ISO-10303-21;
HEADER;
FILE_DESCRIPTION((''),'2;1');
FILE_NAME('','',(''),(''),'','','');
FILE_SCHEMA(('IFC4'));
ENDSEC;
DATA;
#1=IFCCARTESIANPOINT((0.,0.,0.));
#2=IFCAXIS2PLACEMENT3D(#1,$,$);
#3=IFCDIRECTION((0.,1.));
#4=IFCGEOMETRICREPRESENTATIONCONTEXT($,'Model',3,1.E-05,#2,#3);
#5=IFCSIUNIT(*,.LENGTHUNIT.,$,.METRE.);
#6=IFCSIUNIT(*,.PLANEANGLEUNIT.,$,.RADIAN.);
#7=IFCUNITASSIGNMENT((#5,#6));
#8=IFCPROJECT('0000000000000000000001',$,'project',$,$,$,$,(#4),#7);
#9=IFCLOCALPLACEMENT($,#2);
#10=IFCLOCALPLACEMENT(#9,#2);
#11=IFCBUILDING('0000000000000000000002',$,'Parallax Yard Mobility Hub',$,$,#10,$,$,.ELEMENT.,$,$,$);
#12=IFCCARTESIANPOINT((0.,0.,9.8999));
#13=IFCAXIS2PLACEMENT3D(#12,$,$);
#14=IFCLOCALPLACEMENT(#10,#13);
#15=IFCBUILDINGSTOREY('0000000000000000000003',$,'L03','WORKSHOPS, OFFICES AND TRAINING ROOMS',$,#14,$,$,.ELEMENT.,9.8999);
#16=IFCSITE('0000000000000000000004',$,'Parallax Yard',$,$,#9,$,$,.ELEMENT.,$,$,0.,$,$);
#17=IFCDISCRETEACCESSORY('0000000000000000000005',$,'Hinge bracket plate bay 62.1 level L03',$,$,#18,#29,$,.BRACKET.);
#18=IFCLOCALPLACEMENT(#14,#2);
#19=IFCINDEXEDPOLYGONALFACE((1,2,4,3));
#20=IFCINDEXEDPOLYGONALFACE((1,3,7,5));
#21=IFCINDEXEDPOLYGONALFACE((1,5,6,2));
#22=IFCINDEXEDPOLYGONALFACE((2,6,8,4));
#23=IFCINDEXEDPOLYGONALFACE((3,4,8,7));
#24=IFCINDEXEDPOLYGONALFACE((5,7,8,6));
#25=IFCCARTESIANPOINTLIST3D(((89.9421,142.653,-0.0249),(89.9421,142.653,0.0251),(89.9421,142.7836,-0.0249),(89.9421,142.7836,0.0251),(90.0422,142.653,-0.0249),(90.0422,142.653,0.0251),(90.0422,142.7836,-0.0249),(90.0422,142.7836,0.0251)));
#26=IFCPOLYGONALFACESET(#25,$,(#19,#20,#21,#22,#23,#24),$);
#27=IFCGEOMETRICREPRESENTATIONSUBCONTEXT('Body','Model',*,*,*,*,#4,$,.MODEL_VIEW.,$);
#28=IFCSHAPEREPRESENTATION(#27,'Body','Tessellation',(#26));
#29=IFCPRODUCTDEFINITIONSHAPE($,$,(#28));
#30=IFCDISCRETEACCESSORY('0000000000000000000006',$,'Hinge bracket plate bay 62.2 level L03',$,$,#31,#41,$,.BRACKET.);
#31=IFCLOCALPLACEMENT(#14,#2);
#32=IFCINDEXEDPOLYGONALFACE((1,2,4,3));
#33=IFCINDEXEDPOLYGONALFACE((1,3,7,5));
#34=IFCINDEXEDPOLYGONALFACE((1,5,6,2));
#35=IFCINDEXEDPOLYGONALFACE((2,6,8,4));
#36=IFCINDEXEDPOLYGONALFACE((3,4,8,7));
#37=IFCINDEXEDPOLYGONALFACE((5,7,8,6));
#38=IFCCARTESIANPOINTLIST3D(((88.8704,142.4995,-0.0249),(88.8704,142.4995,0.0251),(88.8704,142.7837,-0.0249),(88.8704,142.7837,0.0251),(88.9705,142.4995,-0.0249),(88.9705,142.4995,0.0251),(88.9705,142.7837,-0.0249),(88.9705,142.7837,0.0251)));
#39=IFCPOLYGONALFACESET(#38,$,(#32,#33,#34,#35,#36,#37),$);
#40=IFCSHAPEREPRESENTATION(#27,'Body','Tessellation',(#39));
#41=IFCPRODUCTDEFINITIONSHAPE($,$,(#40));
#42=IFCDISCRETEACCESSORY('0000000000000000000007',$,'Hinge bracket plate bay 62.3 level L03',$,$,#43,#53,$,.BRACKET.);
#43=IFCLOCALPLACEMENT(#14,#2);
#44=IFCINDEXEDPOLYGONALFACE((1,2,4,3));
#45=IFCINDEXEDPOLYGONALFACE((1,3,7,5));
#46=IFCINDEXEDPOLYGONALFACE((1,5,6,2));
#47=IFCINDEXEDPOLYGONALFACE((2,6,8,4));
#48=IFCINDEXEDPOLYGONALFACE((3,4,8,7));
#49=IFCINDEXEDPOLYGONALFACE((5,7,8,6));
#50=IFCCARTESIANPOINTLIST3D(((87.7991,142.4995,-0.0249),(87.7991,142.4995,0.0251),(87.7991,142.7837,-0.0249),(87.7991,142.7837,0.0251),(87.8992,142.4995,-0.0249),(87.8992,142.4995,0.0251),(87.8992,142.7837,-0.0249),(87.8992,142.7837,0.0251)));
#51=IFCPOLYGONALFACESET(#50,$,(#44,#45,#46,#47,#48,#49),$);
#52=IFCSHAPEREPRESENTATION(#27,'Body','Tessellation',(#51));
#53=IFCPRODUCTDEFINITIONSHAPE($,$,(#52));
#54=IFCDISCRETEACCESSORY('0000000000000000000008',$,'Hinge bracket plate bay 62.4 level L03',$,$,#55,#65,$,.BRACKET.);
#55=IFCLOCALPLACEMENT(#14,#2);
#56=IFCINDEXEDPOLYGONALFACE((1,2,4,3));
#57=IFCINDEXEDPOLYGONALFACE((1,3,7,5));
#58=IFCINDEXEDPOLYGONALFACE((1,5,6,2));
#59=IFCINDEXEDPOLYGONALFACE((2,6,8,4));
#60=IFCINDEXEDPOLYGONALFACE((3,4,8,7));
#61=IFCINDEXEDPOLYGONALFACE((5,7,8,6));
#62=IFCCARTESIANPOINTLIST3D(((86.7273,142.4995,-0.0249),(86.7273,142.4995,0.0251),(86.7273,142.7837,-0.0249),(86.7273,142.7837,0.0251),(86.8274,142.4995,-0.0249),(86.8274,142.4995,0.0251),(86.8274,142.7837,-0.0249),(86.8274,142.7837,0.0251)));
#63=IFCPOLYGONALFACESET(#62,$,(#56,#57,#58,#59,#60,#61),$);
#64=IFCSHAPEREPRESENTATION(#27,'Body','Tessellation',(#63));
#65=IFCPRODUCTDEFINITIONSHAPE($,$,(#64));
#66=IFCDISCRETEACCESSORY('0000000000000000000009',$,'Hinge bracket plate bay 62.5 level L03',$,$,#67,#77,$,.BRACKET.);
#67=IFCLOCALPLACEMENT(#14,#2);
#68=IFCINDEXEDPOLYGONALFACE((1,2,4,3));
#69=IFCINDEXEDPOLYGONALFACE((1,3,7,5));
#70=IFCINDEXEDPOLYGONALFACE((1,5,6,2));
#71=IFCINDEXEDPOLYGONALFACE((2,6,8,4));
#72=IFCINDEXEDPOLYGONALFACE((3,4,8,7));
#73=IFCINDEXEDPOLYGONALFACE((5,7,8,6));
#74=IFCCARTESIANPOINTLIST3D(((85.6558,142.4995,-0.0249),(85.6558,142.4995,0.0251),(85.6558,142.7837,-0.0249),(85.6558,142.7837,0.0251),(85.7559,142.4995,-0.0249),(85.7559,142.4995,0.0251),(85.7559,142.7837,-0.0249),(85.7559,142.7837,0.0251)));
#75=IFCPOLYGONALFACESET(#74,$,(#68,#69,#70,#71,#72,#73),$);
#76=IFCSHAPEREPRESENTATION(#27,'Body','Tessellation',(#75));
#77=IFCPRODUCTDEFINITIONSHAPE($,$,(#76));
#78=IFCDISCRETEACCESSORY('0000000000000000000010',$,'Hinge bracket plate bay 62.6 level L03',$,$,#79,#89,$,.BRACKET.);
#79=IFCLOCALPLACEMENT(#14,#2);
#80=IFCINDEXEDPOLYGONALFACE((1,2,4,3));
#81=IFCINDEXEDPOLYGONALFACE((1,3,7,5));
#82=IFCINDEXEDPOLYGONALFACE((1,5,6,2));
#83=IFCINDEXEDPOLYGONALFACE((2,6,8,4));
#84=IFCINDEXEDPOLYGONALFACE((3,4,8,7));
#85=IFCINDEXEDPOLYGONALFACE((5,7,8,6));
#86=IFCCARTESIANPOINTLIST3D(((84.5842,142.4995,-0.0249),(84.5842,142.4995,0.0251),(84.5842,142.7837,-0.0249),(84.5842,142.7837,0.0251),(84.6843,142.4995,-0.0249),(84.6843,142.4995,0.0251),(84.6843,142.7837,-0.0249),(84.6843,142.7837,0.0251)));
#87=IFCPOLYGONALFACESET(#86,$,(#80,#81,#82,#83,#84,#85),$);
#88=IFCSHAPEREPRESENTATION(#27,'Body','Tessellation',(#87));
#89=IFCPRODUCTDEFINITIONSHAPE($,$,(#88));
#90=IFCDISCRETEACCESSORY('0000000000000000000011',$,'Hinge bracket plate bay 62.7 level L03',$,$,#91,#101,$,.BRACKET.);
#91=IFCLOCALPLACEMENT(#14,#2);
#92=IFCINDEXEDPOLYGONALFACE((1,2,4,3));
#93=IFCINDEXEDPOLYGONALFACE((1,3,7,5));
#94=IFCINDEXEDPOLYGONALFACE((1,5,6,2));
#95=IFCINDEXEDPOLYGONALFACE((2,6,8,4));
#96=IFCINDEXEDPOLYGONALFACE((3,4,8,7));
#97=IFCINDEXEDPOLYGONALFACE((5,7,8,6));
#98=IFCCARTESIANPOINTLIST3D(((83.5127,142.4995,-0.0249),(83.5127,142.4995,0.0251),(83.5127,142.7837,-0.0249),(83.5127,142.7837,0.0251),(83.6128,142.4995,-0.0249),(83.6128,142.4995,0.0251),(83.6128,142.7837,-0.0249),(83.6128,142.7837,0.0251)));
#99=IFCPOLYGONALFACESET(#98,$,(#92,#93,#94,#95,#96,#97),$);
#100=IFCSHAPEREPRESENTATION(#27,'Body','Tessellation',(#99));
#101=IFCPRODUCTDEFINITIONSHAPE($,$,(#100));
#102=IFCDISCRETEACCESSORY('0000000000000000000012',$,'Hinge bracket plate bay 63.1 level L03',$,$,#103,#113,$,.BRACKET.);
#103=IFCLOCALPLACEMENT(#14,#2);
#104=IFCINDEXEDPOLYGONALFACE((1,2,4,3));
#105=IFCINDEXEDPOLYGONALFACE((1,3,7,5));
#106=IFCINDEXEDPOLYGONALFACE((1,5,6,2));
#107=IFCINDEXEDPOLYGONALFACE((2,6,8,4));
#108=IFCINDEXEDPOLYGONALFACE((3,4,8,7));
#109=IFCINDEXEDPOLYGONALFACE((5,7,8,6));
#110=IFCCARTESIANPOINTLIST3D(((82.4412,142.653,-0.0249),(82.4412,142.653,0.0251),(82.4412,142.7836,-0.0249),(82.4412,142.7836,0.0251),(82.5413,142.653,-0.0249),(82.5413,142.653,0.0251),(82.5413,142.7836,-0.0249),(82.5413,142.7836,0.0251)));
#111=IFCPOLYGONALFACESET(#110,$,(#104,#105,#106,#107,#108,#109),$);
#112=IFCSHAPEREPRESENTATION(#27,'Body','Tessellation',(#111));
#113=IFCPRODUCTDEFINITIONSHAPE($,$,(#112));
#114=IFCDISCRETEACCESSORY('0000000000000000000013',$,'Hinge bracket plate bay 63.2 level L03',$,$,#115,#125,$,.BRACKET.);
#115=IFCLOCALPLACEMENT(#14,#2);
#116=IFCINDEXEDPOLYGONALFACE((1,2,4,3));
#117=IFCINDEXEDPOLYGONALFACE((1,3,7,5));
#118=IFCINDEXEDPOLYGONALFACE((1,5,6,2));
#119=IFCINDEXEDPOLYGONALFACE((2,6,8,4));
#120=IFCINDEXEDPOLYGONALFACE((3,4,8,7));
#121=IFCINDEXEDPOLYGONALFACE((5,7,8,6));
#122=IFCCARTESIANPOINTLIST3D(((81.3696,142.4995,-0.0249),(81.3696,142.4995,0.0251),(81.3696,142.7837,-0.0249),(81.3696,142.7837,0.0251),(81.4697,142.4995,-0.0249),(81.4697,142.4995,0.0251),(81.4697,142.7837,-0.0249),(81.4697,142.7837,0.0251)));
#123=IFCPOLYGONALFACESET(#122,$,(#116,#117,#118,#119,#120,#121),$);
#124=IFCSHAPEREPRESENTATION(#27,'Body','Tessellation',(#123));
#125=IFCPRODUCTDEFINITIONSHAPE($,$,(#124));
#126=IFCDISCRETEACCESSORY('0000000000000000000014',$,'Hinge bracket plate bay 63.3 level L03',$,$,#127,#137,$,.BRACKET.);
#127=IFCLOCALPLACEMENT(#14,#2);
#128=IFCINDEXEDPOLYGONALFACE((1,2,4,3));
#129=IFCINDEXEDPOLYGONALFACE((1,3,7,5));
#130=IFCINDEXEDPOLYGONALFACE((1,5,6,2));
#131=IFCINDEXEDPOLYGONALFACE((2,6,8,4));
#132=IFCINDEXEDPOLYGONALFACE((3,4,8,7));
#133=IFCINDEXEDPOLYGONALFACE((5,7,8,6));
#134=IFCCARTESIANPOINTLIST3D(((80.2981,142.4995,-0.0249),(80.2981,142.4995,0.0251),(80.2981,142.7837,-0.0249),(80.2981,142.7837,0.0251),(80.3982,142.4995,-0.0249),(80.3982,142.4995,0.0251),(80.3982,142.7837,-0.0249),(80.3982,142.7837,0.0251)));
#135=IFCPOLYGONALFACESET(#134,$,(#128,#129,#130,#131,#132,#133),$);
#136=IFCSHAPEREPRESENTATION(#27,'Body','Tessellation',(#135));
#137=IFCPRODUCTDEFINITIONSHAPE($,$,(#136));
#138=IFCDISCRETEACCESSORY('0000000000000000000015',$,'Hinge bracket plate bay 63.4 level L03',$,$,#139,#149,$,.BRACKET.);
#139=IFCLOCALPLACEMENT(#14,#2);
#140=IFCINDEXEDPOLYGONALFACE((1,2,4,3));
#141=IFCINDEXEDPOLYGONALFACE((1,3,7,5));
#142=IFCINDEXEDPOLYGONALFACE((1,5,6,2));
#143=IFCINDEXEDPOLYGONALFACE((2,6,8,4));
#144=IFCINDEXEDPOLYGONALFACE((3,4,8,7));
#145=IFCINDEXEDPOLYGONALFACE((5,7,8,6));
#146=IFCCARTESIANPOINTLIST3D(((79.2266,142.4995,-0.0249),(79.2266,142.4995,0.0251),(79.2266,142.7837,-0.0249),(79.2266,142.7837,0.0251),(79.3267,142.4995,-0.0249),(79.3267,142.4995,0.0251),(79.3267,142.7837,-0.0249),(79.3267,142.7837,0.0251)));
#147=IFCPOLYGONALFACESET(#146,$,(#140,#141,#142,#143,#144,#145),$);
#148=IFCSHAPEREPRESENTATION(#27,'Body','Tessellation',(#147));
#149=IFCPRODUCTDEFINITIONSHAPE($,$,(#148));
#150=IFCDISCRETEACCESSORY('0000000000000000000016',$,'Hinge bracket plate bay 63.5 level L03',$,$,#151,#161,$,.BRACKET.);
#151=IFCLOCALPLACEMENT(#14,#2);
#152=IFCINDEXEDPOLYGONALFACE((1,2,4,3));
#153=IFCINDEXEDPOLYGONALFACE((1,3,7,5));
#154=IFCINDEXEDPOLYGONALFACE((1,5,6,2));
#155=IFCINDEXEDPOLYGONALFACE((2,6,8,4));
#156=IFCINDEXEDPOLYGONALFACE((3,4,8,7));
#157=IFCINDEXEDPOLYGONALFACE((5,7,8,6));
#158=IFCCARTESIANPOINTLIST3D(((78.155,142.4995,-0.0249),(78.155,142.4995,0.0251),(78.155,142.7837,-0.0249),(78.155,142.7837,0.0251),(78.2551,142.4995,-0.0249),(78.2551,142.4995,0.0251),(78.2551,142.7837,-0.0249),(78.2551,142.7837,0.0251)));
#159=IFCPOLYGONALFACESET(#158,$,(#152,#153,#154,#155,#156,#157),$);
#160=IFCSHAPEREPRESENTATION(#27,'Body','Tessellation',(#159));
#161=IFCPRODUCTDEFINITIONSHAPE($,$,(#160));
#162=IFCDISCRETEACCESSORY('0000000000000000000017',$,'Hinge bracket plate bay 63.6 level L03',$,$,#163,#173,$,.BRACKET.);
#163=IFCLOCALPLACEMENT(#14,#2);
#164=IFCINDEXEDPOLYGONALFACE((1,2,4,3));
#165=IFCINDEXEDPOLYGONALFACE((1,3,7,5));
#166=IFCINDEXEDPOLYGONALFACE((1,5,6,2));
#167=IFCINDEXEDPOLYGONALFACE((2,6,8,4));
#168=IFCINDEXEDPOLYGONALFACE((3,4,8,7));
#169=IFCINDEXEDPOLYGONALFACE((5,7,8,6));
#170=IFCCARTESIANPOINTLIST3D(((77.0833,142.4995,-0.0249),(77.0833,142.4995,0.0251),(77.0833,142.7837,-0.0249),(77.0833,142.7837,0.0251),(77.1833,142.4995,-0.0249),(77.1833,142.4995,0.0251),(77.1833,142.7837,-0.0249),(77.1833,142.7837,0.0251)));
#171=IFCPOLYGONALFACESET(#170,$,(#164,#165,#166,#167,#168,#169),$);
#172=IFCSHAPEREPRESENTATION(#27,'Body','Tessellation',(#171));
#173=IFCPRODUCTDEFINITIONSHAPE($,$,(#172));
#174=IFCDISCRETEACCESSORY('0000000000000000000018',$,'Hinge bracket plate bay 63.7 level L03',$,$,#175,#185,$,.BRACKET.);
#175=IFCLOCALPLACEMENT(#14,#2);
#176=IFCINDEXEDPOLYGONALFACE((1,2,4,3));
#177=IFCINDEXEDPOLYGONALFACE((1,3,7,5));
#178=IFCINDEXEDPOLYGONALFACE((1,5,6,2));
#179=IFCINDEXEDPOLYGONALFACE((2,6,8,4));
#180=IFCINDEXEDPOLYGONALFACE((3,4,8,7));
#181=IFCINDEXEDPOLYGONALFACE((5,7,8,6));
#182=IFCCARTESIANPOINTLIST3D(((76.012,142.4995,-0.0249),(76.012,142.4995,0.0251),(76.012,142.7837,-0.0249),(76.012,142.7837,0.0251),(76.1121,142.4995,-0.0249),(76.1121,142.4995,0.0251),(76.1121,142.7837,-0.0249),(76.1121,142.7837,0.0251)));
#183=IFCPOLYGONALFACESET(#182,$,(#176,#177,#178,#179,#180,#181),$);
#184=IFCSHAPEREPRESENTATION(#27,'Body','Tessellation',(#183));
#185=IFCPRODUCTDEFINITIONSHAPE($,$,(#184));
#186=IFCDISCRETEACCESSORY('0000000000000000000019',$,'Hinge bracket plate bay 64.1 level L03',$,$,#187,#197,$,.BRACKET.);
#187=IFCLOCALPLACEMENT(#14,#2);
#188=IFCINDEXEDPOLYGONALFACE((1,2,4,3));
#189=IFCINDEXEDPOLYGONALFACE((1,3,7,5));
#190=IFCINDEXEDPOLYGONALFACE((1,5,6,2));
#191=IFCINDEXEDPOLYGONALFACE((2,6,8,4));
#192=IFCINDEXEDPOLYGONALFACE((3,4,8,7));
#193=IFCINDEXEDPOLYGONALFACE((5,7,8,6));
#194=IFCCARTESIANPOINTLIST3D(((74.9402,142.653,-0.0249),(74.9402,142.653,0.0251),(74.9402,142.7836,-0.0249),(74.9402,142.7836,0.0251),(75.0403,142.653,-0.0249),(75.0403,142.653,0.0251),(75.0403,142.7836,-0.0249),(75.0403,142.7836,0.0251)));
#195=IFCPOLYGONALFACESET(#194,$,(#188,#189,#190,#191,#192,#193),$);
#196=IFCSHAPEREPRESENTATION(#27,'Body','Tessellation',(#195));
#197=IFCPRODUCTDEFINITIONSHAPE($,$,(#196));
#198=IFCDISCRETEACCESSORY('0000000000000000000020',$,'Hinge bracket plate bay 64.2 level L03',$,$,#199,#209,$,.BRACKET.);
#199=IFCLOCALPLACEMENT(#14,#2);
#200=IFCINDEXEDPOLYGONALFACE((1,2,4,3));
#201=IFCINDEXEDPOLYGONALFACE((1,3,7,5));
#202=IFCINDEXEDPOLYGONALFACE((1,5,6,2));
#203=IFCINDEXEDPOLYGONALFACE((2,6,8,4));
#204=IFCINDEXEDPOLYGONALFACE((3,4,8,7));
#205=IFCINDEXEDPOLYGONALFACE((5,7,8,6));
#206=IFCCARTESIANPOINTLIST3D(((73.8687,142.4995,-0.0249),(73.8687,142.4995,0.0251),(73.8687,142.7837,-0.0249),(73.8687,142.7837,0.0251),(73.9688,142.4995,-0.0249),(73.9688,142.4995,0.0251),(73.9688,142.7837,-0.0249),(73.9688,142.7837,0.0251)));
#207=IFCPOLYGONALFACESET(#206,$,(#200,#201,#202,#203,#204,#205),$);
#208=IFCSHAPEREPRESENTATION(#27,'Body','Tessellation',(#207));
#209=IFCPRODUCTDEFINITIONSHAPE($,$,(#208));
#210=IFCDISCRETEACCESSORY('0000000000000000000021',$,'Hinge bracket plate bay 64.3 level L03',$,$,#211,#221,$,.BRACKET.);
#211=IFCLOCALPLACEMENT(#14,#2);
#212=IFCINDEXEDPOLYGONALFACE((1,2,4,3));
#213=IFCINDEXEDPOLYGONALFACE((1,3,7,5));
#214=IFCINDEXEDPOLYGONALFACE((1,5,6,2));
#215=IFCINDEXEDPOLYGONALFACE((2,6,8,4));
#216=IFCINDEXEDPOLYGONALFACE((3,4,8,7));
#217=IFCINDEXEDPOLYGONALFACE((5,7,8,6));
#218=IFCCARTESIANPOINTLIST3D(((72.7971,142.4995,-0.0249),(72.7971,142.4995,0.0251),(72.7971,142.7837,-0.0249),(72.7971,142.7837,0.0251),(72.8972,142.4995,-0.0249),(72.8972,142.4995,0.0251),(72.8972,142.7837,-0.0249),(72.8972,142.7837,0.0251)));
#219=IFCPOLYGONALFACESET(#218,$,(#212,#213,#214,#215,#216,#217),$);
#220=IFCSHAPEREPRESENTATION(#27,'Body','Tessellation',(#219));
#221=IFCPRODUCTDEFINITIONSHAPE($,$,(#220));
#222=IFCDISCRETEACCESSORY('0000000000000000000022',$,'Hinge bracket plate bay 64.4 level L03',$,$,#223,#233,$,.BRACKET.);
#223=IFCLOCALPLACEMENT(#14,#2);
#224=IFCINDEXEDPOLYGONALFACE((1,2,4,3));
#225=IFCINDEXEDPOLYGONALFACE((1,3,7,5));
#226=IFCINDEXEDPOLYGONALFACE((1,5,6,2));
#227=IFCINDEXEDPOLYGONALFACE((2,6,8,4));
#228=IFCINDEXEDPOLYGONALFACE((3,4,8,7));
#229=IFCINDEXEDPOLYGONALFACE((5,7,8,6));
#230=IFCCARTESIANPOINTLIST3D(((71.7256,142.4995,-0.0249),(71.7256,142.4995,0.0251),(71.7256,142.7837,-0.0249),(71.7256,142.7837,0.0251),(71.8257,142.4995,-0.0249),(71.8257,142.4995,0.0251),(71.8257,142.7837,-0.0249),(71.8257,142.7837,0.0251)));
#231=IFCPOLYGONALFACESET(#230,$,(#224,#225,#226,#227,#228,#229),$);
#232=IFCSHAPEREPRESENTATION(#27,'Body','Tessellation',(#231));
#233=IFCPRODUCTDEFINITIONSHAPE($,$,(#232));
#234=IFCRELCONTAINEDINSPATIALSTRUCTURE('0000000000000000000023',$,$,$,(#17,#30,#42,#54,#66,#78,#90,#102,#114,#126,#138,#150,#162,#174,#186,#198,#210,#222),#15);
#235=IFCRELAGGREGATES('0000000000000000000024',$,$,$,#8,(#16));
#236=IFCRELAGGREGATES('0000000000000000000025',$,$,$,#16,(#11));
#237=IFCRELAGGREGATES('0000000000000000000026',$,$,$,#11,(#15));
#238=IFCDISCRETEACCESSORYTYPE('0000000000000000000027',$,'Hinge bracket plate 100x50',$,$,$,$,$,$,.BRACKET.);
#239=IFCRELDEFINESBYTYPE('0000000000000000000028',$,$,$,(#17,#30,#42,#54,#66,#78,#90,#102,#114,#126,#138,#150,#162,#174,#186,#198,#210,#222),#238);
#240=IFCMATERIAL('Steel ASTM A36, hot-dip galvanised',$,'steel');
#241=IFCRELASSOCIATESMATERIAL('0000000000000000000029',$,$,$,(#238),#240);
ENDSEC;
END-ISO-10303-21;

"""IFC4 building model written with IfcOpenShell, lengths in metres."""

from ifc_helpers import new_model, si_unit, direction, frame, origin, origin_2d, place, context, subcontext, project, spatial, rectangle, extrude, material, type_object, element, save


model = new_model("IFC4")

# Units and contexts
model_context = context("Model", 3, precision=1e-05, world=origin(), true_north=direction((0.0, 1.0)))
body_context = subcontext(model_context, "Body", "Model", "MODEL_VIEW")
ifc_project = project(units=[si_unit("LENGTHUNIT", "METRE"), si_unit("PLANEANGLEUNIT", "RADIAN")], contexts=[model_context])

# Site, building, storey
site_placement = place(None, origin())
site = spatial("IfcSite", under=ifc_project, at=site_placement, Name="Parallax Yard", CompositionType="ELEMENT", RefElevation=0.0)
building_placement = place(site_placement, origin())
building = spatial("IfcBuilding", under=site, at=building_placement, Name="Parallax Yard Mobility Hub", CompositionType="ELEMENT")
storey_placement = place(building_placement, frame((0.0, 0.0, 9.8999)))
storey = spatial("IfcBuildingStorey", under=building, at=storey_placement, Name="L03", Description="WORKSHOPS, OFFICES AND TRAINING ROOMS", CompositionType="ELEMENT", Elevation=9.8999)

# Discrete accessories
ifc_material_1 = material(Name="Steel ASTM A36, hot-dip galvanised", Category="steel")
discrete_accessory_type_1 = type_object("IfcDiscreteAccessoryType", Name="Hinge bracket plate 100x50", PredefinedType="BRACKET", material=ifc_material_1)
discrete_accessory_1_placement = place(storey_placement, frame((89.9922, 142.7183, -0.0249), z_axis=(0.0, 0.0, 1.0), x_axis=(0.0, 1.0, 0.0)))
element("IfcDiscreteAccessory", 1, at=discrete_accessory_1_placement, inside=storey, type_object=discrete_accessory_type_1, Name="Hinge bracket plate bay 62.1 level L03", PredefinedType="BRACKET", context=body_context, shape_type="SweptSolid", body=[
    extrude(rectangle(XDim=0.1306, YDim=0.1001, at=origin_2d()), origin(), (0.0, 0.0, 1.0), 0.05),
])
for number, where, z_axis, x_axis, name in (
    (2, (88.9204, 142.6416, -0.0249), (0.0, 0.0, 1.0), (0.0, 1.0, 0.0), "Hinge bracket plate bay 62.2 level L03"),
    (3, (87.8491, 142.6416, -0.0249), (0.0, 0.0, 1.0), (0.0, 1.0, 0.0), "Hinge bracket plate bay 62.3 level L03"),
    (4, (86.7773, 142.6416, -0.0249), (0.0, 0.0, 1.0), (0.0, 1.0, 0.0), "Hinge bracket plate bay 62.4 level L03"),
    (5, (85.7058, 142.6416, -0.0249), (0.0, 0.0, 1.0), (0.0, 1.0, 0.0), "Hinge bracket plate bay 62.5 level L03"),
    (6, (84.6343, 142.6416, -0.0249), (0.0, 0.0, 1.0), (0.0, 1.0, 0.0), "Hinge bracket plate bay 62.6 level L03"),
    (7, (83.5627, 142.6416, -0.0249), (0.0, 0.0, 1.0), (0.0, 1.0, 0.0), "Hinge bracket plate bay 62.7 level L03"),
):
    element("IfcDiscreteAccessory", number, at=place(storey_placement, frame(where, z_axis=z_axis, x_axis=x_axis)), inside=storey, type_object=discrete_accessory_type_1, Name=name, PredefinedType="BRACKET", context=body_context, shape_type="SweptSolid", body=[
        extrude(rectangle(XDim=0.2842, YDim=0.1001, at=origin_2d()), origin(), (0.0, 0.0, 1.0), 0.05),
    ])
discrete_accessory_2_placement = place(storey_placement, frame((82.4912, 142.7183, -0.0249), z_axis=(0.0, 0.0, 1.0), x_axis=(0.0, 1.0, 0.0)))
element("IfcDiscreteAccessory", 8, at=discrete_accessory_2_placement, inside=storey, type_object=discrete_accessory_type_1, Name="Hinge bracket plate bay 63.1 level L03", PredefinedType="BRACKET", context=body_context, shape_type="SweptSolid", body=[
    extrude(rectangle(XDim=0.1306, YDim=0.1001, at=origin_2d()), origin(), (0.0, 0.0, 1.0), 0.05),
])
for number, where, z_axis, x_axis, name in (
    (9, (81.4197, 142.6416, -0.0249), (0.0, 0.0, 1.0), (0.0, 1.0, 0.0), "Hinge bracket plate bay 63.2 level L03"),
    (10, (80.3481, 142.6416, -0.0249), (0.0, 0.0, 1.0), (0.0, 1.0, 0.0), "Hinge bracket plate bay 63.3 level L03"),
    (11, (79.2766, 142.6416, -0.0249), (0.0, 0.0, 1.0), (0.0, 1.0, 0.0), "Hinge bracket plate bay 63.4 level L03"),
    (12, (78.2051, 142.6416, -0.0249), (0.0, 0.0, 1.0), (0.0, 1.0, 0.0), "Hinge bracket plate bay 63.5 level L03"),
    (13, (77.1333, 142.6416, -0.0249), (0.0, 0.0, 1.0), (0.0, 1.0, 0.0), "Hinge bracket plate bay 63.6 level L03"),
    (14, (76.062, 142.6416, -0.0249), (0.0, 0.0, 1.0), (0.0, 1.0, 0.0), "Hinge bracket plate bay 63.7 level L03"),
):
    element("IfcDiscreteAccessory", number, at=place(storey_placement, frame(where, z_axis=z_axis, x_axis=x_axis)), inside=storey, type_object=discrete_accessory_type_1, Name=name, PredefinedType="BRACKET", context=body_context, shape_type="SweptSolid", body=[
        extrude(rectangle(XDim=0.2842, YDim=0.1001, at=origin_2d()), origin(), (0.0, 0.0, 1.0), 0.05),
    ])
discrete_accessory_3_placement = place(storey_placement, frame((74.9902, 142.7183, -0.0249), z_axis=(0.0, 0.0, 1.0), x_axis=(0.0, 1.0, 0.0)))
element("IfcDiscreteAccessory", 15, at=discrete_accessory_3_placement, inside=storey, type_object=discrete_accessory_type_1, Name="Hinge bracket plate bay 64.1 level L03", PredefinedType="BRACKET", context=body_context, shape_type="SweptSolid", body=[
    extrude(rectangle(XDim=0.1306, YDim=0.1001, at=origin_2d()), origin(), (0.0, 0.0, 1.0), 0.05),
])
for number, where, z_axis, x_axis, name in (
    (16, (73.9187, 142.6416, -0.0249), (0.0, 0.0, 1.0), (0.0, 1.0, 0.0), "Hinge bracket plate bay 64.2 level L03"),
    (17, (72.8472, 142.6416, -0.0249), (0.0, 0.0, 1.0), (0.0, 1.0, 0.0), "Hinge bracket plate bay 64.3 level L03"),
    (18, (71.7756, 142.6416, -0.0249), (0.0, 0.0, 1.0), (0.0, 1.0, 0.0), "Hinge bracket plate bay 64.4 level L03"),
):
    element("IfcDiscreteAccessory", number, at=place(storey_placement, frame(where, z_axis=z_axis, x_axis=x_axis)), inside=storey, type_object=discrete_accessory_type_1, Name=name, PredefinedType="BRACKET", context=body_context, shape_type="SweptSolid", body=[
        extrude(rectangle(XDim=0.2842, YDim=0.1001, at=origin_2d()), origin(), (0.0, 0.0, 1.0), 0.05),
    ])

save(model, "model.ifc")
